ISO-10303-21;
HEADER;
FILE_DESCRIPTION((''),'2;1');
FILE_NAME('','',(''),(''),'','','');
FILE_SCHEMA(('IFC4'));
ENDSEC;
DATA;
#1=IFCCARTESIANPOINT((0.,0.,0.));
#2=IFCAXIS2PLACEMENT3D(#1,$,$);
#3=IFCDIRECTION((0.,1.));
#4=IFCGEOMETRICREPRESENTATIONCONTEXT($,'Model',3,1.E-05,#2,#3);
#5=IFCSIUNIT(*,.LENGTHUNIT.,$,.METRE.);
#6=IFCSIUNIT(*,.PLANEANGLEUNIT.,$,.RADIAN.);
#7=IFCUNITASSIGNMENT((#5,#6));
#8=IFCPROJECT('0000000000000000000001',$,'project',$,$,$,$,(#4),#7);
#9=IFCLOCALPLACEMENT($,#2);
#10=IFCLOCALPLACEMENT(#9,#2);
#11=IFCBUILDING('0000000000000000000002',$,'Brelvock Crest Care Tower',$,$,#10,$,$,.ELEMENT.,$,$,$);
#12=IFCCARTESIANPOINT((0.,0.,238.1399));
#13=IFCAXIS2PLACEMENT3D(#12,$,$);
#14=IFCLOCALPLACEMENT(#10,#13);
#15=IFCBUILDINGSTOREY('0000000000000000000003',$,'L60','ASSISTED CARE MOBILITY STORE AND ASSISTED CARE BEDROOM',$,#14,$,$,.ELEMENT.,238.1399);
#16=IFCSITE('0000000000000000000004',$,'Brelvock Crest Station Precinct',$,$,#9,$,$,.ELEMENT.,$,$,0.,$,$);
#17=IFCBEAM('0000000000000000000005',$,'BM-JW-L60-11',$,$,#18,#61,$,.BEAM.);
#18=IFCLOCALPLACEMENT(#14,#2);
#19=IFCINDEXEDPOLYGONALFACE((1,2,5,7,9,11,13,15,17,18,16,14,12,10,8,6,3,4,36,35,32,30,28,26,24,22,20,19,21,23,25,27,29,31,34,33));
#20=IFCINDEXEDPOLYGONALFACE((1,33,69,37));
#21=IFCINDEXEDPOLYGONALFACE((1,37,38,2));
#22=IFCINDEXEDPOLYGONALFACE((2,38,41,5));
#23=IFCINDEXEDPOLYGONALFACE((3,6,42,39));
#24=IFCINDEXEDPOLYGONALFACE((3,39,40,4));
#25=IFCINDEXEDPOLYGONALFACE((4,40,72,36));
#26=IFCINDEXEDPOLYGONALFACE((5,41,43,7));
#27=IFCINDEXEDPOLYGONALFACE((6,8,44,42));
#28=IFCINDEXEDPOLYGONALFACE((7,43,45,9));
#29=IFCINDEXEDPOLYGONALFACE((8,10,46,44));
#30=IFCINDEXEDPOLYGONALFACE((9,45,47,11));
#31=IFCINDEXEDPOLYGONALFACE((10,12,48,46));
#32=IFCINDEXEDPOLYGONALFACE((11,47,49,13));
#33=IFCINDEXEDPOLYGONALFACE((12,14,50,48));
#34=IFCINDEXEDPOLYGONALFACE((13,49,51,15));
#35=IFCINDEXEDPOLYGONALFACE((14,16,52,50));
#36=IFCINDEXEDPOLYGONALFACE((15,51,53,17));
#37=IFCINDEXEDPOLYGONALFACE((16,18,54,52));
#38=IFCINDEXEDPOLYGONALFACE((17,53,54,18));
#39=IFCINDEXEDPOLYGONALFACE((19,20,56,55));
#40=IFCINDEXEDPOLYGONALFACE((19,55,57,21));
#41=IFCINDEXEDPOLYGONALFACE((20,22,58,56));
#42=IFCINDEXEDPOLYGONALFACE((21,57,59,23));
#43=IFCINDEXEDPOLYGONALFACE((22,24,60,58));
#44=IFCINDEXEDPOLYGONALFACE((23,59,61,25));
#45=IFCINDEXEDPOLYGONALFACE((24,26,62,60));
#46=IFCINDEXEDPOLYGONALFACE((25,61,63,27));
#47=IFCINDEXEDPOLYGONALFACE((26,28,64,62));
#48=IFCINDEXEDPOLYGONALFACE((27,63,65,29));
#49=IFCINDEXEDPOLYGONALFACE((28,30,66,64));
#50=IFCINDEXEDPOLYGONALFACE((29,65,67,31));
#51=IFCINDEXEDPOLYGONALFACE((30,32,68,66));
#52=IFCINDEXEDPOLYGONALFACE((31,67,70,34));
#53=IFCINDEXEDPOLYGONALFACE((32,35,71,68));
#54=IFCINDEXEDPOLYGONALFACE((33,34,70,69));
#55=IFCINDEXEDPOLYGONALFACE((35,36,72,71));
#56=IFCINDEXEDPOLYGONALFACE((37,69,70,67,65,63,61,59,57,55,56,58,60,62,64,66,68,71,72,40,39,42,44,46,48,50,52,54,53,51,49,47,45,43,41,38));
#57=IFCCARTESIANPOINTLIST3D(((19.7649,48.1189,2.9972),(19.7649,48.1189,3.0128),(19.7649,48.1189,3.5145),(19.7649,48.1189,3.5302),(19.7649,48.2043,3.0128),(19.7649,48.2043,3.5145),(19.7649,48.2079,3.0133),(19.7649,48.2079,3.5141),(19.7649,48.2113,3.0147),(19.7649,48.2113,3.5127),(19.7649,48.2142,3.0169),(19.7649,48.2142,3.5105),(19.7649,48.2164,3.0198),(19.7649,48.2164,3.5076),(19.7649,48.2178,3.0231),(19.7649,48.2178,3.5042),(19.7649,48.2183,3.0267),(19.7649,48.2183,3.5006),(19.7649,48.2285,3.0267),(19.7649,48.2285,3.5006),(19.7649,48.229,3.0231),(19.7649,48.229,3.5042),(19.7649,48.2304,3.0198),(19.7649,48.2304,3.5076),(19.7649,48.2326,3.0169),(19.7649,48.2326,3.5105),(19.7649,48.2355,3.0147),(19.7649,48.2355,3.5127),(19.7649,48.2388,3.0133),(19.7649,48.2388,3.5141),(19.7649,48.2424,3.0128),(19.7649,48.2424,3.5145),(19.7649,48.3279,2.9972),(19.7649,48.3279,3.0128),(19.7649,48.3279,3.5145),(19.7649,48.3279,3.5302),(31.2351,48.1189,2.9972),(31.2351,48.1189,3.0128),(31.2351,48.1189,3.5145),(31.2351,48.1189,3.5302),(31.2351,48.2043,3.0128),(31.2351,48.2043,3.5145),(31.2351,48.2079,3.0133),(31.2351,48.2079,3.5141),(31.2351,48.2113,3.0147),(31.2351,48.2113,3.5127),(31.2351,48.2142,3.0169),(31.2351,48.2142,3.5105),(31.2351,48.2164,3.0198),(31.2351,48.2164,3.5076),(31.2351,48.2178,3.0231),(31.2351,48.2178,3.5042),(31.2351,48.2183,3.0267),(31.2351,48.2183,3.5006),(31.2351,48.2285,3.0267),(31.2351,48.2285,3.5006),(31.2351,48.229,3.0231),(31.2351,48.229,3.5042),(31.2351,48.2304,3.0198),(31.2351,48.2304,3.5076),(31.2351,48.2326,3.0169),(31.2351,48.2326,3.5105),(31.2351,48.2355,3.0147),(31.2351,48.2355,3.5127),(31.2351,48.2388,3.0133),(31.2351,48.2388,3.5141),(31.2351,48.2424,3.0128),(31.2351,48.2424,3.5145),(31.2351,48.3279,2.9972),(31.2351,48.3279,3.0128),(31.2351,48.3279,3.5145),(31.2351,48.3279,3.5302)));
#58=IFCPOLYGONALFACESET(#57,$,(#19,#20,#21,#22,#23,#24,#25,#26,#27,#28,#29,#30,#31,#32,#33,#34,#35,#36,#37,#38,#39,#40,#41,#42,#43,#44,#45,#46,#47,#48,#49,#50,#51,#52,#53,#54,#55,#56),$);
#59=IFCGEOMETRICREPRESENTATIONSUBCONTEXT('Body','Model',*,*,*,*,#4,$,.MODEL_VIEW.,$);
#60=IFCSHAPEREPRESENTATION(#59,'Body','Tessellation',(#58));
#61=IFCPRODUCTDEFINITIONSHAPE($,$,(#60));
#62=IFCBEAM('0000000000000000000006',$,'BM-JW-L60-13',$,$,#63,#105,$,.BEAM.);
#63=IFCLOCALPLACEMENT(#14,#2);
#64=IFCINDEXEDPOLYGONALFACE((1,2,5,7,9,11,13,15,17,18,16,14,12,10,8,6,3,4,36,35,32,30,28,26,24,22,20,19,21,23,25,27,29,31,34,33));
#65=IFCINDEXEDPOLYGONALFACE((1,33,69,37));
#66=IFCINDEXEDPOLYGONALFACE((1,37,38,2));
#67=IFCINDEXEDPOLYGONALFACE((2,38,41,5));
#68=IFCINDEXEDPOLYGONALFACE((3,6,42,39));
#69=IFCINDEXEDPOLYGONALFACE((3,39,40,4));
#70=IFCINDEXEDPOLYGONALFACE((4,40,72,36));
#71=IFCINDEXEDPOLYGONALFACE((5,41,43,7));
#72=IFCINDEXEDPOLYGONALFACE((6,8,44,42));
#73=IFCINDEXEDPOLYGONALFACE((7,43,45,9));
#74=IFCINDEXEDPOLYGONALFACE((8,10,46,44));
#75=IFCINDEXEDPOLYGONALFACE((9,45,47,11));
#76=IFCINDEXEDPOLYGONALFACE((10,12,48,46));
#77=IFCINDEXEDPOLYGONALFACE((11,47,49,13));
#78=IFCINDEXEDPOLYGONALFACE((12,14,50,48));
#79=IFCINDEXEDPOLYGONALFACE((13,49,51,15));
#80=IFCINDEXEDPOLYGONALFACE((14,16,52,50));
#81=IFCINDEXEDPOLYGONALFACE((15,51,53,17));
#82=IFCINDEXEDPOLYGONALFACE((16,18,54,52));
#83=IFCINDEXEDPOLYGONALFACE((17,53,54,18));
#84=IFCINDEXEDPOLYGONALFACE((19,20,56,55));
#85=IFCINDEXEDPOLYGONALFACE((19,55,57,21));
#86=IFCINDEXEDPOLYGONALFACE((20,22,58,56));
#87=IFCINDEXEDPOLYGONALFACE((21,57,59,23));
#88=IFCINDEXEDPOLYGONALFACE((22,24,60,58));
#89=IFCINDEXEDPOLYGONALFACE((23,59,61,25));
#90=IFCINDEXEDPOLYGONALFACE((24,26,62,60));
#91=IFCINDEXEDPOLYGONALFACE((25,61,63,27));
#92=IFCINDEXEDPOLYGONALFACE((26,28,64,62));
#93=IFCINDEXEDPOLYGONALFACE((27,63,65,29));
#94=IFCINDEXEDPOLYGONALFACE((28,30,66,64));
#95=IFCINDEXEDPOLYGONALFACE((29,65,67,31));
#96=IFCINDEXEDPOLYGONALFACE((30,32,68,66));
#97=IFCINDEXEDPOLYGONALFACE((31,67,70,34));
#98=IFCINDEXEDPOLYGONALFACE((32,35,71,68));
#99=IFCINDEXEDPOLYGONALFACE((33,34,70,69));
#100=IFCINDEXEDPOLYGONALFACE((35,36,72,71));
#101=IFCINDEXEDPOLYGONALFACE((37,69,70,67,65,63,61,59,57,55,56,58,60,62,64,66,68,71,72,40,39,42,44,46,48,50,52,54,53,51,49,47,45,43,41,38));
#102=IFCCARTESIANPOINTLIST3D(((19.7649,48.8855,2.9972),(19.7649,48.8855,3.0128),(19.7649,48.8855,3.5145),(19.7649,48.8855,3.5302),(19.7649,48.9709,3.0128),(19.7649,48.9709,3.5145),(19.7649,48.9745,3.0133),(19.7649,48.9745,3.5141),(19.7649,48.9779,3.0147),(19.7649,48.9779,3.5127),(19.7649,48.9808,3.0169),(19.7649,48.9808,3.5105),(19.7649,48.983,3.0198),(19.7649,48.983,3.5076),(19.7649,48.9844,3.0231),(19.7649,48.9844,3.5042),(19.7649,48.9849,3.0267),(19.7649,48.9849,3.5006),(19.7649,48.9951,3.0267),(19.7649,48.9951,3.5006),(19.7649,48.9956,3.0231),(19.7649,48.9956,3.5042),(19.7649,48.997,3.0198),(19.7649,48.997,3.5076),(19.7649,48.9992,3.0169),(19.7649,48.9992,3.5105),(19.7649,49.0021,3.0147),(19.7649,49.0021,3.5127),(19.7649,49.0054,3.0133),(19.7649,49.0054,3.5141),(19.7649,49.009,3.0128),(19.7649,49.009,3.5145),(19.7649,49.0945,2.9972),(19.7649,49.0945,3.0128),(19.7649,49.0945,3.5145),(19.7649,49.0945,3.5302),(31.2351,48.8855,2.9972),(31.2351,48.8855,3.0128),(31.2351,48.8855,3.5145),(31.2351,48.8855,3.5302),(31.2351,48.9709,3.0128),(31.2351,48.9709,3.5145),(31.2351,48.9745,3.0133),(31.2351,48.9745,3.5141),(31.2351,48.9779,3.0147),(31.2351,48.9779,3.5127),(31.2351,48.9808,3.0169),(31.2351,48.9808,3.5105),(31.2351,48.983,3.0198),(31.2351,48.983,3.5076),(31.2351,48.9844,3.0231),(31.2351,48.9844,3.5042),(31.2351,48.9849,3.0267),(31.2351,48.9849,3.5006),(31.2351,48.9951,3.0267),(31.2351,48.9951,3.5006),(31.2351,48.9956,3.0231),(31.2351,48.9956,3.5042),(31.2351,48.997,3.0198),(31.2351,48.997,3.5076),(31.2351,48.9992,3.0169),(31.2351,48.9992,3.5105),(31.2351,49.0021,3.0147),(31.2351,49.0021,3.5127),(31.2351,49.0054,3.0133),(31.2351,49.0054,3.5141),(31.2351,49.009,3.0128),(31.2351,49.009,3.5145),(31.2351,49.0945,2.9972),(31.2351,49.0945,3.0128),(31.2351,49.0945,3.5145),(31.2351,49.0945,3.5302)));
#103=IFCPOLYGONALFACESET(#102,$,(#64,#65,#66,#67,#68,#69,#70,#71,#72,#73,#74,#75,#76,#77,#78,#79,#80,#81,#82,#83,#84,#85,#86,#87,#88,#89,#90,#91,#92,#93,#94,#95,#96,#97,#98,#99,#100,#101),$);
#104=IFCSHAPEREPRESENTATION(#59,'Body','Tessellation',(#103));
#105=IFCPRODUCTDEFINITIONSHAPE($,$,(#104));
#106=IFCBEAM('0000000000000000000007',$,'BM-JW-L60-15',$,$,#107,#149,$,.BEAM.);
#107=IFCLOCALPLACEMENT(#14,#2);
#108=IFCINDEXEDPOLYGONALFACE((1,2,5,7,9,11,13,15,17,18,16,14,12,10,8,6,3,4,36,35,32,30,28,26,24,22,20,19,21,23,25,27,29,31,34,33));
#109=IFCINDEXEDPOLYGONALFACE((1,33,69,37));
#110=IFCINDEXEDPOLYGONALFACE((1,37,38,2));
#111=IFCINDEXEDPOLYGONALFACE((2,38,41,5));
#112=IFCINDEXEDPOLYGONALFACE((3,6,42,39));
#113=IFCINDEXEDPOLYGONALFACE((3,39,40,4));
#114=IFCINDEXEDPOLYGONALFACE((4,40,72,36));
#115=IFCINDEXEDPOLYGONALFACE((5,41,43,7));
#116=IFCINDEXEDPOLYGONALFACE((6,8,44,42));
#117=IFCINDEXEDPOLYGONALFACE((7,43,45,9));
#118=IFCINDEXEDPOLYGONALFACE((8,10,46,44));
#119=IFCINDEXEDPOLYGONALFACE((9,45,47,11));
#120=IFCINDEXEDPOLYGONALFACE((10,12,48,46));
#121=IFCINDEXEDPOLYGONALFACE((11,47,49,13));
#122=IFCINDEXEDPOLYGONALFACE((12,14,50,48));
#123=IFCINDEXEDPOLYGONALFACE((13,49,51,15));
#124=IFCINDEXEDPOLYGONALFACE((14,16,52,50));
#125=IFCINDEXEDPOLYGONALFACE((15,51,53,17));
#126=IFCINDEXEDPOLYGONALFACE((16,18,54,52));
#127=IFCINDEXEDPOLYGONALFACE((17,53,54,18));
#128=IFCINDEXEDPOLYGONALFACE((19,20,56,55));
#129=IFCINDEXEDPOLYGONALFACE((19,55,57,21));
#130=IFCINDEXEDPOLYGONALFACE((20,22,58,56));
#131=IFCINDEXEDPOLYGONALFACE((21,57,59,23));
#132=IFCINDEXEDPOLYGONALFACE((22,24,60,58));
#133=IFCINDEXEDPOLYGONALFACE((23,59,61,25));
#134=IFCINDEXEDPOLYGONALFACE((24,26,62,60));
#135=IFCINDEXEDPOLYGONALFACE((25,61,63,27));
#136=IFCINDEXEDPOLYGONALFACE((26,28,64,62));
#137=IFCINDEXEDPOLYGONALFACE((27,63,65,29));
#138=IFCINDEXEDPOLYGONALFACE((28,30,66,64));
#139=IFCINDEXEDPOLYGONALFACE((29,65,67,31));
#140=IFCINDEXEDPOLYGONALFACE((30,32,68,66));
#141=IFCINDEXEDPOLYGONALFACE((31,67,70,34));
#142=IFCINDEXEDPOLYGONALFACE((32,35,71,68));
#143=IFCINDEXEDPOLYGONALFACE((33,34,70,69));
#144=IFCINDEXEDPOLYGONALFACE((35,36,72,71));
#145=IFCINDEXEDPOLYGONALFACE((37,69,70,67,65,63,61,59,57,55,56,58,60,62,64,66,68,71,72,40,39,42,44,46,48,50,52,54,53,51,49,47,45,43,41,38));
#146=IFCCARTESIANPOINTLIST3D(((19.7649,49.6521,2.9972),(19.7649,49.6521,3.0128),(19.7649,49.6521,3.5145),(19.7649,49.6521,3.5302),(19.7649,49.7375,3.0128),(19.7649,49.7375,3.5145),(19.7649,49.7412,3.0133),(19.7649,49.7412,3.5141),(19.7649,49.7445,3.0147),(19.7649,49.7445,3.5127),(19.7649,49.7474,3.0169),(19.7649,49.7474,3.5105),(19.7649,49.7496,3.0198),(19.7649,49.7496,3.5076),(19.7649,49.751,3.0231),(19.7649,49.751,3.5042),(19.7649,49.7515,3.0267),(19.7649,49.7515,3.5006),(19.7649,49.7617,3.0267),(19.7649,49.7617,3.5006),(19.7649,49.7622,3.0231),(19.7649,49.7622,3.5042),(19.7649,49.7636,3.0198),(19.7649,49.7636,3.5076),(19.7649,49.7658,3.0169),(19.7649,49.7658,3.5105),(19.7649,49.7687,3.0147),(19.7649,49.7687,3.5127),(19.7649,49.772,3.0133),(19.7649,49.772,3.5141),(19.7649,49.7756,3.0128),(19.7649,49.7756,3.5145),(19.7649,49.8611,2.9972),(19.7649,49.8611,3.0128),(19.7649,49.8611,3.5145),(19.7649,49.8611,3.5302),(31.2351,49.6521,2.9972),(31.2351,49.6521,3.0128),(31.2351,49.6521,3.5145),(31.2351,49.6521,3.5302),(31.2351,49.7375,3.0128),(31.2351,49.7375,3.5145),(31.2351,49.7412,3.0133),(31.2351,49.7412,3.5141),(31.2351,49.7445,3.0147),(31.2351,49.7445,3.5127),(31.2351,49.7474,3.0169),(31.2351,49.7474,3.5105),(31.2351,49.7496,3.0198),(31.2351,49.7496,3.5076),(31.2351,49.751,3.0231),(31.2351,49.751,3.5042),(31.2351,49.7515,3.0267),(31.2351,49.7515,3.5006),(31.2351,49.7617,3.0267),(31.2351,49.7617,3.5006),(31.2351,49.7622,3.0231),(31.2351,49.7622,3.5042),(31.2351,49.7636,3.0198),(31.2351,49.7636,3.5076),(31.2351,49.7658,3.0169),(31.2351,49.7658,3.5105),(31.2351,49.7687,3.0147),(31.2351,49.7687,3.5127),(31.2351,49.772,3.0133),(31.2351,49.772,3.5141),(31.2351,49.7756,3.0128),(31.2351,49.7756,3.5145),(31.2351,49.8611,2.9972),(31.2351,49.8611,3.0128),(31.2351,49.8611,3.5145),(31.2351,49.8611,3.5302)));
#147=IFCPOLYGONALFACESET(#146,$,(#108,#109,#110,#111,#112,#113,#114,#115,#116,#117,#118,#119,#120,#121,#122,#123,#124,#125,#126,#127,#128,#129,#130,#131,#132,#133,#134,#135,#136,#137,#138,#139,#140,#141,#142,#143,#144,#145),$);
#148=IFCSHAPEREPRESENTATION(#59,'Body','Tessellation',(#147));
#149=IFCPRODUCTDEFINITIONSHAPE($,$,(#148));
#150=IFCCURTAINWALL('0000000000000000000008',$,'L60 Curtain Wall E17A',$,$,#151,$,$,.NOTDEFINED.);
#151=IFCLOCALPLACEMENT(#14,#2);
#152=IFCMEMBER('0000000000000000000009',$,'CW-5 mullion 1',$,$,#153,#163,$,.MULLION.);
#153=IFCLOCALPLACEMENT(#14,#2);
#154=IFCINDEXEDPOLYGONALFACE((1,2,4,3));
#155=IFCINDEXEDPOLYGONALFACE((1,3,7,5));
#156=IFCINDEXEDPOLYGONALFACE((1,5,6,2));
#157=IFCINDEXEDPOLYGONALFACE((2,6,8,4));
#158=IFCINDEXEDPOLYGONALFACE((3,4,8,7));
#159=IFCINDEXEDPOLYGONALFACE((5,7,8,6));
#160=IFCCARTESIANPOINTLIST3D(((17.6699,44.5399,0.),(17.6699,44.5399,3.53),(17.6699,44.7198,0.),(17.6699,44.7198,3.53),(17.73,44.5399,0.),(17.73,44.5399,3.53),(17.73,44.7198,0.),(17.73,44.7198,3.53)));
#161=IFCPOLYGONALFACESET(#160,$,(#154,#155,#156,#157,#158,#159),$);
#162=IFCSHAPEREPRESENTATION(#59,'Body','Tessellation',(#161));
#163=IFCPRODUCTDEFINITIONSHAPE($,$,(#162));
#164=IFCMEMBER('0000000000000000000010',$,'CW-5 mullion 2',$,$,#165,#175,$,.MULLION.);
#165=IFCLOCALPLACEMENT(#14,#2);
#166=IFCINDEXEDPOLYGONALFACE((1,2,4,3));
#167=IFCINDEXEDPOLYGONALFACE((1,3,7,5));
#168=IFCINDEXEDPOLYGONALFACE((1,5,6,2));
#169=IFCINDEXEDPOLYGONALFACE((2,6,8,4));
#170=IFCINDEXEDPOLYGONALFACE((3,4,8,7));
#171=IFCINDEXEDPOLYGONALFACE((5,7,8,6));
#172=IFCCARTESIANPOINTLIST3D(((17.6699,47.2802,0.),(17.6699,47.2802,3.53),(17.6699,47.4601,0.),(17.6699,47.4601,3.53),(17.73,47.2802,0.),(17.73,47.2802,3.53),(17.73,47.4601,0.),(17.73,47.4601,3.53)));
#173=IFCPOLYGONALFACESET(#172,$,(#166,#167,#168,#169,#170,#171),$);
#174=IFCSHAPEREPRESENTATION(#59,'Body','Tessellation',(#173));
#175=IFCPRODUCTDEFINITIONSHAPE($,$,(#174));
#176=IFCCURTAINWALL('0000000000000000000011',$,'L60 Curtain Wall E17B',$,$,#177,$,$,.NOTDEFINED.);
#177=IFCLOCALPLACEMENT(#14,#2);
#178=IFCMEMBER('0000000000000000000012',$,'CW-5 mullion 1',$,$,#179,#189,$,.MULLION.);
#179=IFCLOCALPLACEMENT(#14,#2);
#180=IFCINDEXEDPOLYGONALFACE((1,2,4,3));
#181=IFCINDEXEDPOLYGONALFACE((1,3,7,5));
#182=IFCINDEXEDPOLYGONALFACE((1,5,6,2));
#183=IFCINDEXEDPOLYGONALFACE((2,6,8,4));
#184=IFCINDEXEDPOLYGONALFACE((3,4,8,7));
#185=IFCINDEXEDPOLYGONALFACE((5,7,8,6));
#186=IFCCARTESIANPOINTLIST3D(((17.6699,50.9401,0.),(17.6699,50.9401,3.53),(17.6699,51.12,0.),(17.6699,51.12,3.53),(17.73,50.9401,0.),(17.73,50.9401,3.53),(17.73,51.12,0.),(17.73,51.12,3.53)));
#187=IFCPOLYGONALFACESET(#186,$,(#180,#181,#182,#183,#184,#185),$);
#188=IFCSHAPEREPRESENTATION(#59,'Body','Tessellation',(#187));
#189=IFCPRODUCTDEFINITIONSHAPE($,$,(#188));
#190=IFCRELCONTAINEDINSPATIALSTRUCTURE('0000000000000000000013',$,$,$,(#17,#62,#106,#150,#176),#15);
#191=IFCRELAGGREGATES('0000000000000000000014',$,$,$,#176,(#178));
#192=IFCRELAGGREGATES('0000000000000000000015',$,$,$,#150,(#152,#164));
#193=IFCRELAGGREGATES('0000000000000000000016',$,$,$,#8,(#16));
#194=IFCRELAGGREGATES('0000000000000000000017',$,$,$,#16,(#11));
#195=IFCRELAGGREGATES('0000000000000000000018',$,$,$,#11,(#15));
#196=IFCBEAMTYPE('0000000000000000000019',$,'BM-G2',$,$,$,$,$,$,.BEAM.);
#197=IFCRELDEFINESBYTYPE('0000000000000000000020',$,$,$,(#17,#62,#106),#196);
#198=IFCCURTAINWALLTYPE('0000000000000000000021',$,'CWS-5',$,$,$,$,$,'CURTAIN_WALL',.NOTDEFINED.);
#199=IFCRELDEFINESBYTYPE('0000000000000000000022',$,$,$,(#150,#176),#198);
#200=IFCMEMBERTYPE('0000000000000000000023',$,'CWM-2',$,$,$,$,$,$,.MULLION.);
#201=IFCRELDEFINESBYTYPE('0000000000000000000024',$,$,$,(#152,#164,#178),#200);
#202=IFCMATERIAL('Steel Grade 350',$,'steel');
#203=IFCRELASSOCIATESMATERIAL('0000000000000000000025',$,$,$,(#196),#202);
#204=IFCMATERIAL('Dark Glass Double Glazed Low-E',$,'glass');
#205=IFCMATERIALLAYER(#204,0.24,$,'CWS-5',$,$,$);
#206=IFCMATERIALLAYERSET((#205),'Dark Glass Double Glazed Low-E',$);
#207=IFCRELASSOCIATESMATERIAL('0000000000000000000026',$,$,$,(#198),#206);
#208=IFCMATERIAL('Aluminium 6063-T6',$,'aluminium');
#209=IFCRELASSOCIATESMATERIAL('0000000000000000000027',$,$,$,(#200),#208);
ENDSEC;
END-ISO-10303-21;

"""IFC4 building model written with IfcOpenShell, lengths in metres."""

from ifc_helpers import new_model, si_unit, direction, frame, origin, origin_2d, place, context, subcontext, project, spatial, rectangle, i_section, extrude, source, transform, mapped, material, layer, layer_set, material_profile, profile_set, type_object, element, aggregate, save


model = new_model("IFC4")

# Units and contexts
model_context = context("Model", 3, precision=1e-05, world=origin(), true_north=direction((0.0, 1.0)))
body_context = subcontext(model_context, "Body", "Model", "MODEL_VIEW")
ifc_project = project(units=[si_unit("LENGTHUNIT", "METRE"), si_unit("PLANEANGLEUNIT", "RADIAN")], contexts=[model_context])

# Site, building, storey
site_placement = place(None, origin())
site = spatial("IfcSite", under=ifc_project, at=site_placement, Name="Brelvock Crest Station Precinct", CompositionType="ELEMENT", RefElevation=0.0)
building_placement = place(site_placement, origin())
building = spatial("IfcBuilding", under=site, at=building_placement, Name="Brelvock Crest Care Tower", CompositionType="ELEMENT")
storey_placement = place(building_placement, frame((0.0, 0.0, 238.1399)))
storey = spatial("IfcBuildingStorey", under=building, at=storey_placement, Name="L60", Description="ASSISTED CARE MOBILITY STORE AND ASSISTED CARE BEDROOM", CompositionType="ELEMENT", Elevation=238.1399)

# Beams
ifc_material_1 = material(Name="Steel Grade 350", Category="steel")
ifc_material_profile_1 = material_profile(ifc_material_1, i_section(OverallWidth=0.209, OverallDepth=0.533, WebThickness=0.0103, FlangeThickness=0.0156, FilletRadius=0.0139, at=origin_2d()), Name="530UB92.4")
ifc_profile_set_1 = profile_set([ifc_material_profile_1], Name="Steel Grade 350")
beam_type_1 = type_object("IfcBeamType", Name="BM-G2", PredefinedType="BEAM", material=ifc_profile_set_1)
shared_shape_1 = source(origin(), body_context, "Body", "SweptSolid", [
    extrude(i_section(OverallWidth=0.209, OverallDepth=0.533, WebThickness=0.0103, FlangeThickness=0.0156, FilletRadius=0.0139, at=origin_2d()), origin(), (0.0, 0.0, 1.0), 11.4702),
])
for number, where, z_axis, x_axis, name in (
    (1, (19.7649, 48.2234, 3.2637), (1.0, 0.0, 0.0), (0.0, 1.0, 0.0), "BM-JW-L60-11"),
    (2, (19.7649, 48.99, 3.2637), (1.0, 0.0, 0.0), (0.0, 1.0, 0.0), "BM-JW-L60-13"),
    (3, (19.7649, 49.7566, 3.2637), (1.0, 0.0, 0.0), (0.0, 1.0, 0.0), "BM-JW-L60-15"),
):
    element("IfcBeam", number, at=place(storey_placement, frame(where, z_axis=z_axis, x_axis=x_axis)), inside=storey, type_object=beam_type_1, Name=name, PredefinedType="BEAM", context=body_context, shape_type="MappedRepresentation", body=[
        mapped(shared_shape_1, transform((0.0, 0.0, 0.0), x_axis=(1.0, 0.0, 0.0), y_axis=(0.0, 1.0, 0.0), z_axis=(0.0, 0.0, 1.0), scale=1.0)),
    ])

# Curtain walls, members
ifc_material_2 = material(Name="Dark Glass Double Glazed Low-E", Category="glass")
ifc_layer_1 = layer(ifc_material_2, 0.24, Name="CWS-5")
ifc_layer_set_1 = layer_set([ifc_layer_1], Name="Dark Glass Double Glazed Low-E")
curtain_wall_type = type_object("IfcCurtainWallType", Name="CWS-5", ElementType="CURTAIN_WALL", PredefinedType="NOTDEFINED", material=ifc_layer_set_1)
curtain_wall_1_placement = place(storey_placement, origin())
curtain_wall_1 = element("IfcCurtainWall", 4, at=curtain_wall_1_placement, inside=storey, type_object=curtain_wall_type, Name="L60 Curtain Wall E17A", PredefinedType="NOTDEFINED")
ifc_material_3 = material(Name="Aluminium 6063-T6", Category="aluminium")
ifc_material_profile_2 = material_profile(ifc_material_3, rectangle(XDim=0.0601, YDim=0.1799, at=origin_2d()), Name="ALU60x180")
ifc_profile_set_2 = profile_set([ifc_material_profile_2], Name="Aluminium 6063-T6")
member_type_1 = type_object("IfcMemberType", Name="CWM-2", PredefinedType="MULLION", material=ifc_profile_set_2)
shared_shape_2 = source(origin(), body_context, "Body", "SweptSolid", [
    extrude(rectangle(XDim=0.0601, YDim=0.1799, at=origin_2d()), origin(), (0.0, 0.0, 1.0), 3.53),
])
member_1_placement = place(storey_placement, frame((17.7, 44.6299, 0.0), z_axis=(0.0, 0.0, 1.0), x_axis=(-1.0, 0.0, 0.0)))
member_1 = element("IfcMember", 5, at=member_1_placement, type_object=member_type_1, Name="CW-5 mullion 1", PredefinedType="MULLION", context=body_context, shape_type="MappedRepresentation", body=[
    mapped(shared_shape_2, transform((0.0, 0.0, 0.0), x_axis=(1.0, 0.0, 0.0), y_axis=(0.0, 1.0, 0.0), z_axis=(0.0, 0.0, 1.0), scale=1.0)),
])
member_2_placement = place(storey_placement, frame((17.7, 47.3701, 0.0), z_axis=(0.0, 0.0, 1.0), x_axis=(-1.0, 0.0, 0.0)))
member_2 = element("IfcMember", 6, at=member_2_placement, type_object=member_type_1, Name="CW-5 mullion 2", PredefinedType="MULLION", context=body_context, shape_type="MappedRepresentation", body=[
    mapped(shared_shape_2, transform((0.0, 0.0, 0.0), x_axis=(1.0, 0.0, 0.0), y_axis=(0.0, 1.0, 0.0), z_axis=(0.0, 0.0, 1.0), scale=1.0)),
])
curtain_wall_2_placement = place(storey_placement, origin())
curtain_wall_2 = element("IfcCurtainWall", 7, at=curtain_wall_2_placement, inside=storey, type_object=curtain_wall_type, Name="L60 Curtain Wall E17B", PredefinedType="NOTDEFINED")
member_3_placement = place(storey_placement, frame((17.7, 51.03, 0.0), z_axis=(0.0, 0.0, 1.0), x_axis=(-1.0, 0.0, 0.0)))
member_3 = element("IfcMember", 8, at=member_3_placement, type_object=member_type_1, Name="CW-5 mullion 1", PredefinedType="MULLION", context=body_context, shape_type="MappedRepresentation", body=[
    mapped(shared_shape_2, transform((0.0, 0.0, 0.0), x_axis=(1.0, 0.0, 0.0), y_axis=(0.0, 1.0, 0.0), z_axis=(0.0, 0.0, 1.0), scale=1.0)),
])

aggregate(curtain_wall_2, [member_3])
aggregate(curtain_wall_1, [member_1, member_2])

save(model, "model.ifc")
